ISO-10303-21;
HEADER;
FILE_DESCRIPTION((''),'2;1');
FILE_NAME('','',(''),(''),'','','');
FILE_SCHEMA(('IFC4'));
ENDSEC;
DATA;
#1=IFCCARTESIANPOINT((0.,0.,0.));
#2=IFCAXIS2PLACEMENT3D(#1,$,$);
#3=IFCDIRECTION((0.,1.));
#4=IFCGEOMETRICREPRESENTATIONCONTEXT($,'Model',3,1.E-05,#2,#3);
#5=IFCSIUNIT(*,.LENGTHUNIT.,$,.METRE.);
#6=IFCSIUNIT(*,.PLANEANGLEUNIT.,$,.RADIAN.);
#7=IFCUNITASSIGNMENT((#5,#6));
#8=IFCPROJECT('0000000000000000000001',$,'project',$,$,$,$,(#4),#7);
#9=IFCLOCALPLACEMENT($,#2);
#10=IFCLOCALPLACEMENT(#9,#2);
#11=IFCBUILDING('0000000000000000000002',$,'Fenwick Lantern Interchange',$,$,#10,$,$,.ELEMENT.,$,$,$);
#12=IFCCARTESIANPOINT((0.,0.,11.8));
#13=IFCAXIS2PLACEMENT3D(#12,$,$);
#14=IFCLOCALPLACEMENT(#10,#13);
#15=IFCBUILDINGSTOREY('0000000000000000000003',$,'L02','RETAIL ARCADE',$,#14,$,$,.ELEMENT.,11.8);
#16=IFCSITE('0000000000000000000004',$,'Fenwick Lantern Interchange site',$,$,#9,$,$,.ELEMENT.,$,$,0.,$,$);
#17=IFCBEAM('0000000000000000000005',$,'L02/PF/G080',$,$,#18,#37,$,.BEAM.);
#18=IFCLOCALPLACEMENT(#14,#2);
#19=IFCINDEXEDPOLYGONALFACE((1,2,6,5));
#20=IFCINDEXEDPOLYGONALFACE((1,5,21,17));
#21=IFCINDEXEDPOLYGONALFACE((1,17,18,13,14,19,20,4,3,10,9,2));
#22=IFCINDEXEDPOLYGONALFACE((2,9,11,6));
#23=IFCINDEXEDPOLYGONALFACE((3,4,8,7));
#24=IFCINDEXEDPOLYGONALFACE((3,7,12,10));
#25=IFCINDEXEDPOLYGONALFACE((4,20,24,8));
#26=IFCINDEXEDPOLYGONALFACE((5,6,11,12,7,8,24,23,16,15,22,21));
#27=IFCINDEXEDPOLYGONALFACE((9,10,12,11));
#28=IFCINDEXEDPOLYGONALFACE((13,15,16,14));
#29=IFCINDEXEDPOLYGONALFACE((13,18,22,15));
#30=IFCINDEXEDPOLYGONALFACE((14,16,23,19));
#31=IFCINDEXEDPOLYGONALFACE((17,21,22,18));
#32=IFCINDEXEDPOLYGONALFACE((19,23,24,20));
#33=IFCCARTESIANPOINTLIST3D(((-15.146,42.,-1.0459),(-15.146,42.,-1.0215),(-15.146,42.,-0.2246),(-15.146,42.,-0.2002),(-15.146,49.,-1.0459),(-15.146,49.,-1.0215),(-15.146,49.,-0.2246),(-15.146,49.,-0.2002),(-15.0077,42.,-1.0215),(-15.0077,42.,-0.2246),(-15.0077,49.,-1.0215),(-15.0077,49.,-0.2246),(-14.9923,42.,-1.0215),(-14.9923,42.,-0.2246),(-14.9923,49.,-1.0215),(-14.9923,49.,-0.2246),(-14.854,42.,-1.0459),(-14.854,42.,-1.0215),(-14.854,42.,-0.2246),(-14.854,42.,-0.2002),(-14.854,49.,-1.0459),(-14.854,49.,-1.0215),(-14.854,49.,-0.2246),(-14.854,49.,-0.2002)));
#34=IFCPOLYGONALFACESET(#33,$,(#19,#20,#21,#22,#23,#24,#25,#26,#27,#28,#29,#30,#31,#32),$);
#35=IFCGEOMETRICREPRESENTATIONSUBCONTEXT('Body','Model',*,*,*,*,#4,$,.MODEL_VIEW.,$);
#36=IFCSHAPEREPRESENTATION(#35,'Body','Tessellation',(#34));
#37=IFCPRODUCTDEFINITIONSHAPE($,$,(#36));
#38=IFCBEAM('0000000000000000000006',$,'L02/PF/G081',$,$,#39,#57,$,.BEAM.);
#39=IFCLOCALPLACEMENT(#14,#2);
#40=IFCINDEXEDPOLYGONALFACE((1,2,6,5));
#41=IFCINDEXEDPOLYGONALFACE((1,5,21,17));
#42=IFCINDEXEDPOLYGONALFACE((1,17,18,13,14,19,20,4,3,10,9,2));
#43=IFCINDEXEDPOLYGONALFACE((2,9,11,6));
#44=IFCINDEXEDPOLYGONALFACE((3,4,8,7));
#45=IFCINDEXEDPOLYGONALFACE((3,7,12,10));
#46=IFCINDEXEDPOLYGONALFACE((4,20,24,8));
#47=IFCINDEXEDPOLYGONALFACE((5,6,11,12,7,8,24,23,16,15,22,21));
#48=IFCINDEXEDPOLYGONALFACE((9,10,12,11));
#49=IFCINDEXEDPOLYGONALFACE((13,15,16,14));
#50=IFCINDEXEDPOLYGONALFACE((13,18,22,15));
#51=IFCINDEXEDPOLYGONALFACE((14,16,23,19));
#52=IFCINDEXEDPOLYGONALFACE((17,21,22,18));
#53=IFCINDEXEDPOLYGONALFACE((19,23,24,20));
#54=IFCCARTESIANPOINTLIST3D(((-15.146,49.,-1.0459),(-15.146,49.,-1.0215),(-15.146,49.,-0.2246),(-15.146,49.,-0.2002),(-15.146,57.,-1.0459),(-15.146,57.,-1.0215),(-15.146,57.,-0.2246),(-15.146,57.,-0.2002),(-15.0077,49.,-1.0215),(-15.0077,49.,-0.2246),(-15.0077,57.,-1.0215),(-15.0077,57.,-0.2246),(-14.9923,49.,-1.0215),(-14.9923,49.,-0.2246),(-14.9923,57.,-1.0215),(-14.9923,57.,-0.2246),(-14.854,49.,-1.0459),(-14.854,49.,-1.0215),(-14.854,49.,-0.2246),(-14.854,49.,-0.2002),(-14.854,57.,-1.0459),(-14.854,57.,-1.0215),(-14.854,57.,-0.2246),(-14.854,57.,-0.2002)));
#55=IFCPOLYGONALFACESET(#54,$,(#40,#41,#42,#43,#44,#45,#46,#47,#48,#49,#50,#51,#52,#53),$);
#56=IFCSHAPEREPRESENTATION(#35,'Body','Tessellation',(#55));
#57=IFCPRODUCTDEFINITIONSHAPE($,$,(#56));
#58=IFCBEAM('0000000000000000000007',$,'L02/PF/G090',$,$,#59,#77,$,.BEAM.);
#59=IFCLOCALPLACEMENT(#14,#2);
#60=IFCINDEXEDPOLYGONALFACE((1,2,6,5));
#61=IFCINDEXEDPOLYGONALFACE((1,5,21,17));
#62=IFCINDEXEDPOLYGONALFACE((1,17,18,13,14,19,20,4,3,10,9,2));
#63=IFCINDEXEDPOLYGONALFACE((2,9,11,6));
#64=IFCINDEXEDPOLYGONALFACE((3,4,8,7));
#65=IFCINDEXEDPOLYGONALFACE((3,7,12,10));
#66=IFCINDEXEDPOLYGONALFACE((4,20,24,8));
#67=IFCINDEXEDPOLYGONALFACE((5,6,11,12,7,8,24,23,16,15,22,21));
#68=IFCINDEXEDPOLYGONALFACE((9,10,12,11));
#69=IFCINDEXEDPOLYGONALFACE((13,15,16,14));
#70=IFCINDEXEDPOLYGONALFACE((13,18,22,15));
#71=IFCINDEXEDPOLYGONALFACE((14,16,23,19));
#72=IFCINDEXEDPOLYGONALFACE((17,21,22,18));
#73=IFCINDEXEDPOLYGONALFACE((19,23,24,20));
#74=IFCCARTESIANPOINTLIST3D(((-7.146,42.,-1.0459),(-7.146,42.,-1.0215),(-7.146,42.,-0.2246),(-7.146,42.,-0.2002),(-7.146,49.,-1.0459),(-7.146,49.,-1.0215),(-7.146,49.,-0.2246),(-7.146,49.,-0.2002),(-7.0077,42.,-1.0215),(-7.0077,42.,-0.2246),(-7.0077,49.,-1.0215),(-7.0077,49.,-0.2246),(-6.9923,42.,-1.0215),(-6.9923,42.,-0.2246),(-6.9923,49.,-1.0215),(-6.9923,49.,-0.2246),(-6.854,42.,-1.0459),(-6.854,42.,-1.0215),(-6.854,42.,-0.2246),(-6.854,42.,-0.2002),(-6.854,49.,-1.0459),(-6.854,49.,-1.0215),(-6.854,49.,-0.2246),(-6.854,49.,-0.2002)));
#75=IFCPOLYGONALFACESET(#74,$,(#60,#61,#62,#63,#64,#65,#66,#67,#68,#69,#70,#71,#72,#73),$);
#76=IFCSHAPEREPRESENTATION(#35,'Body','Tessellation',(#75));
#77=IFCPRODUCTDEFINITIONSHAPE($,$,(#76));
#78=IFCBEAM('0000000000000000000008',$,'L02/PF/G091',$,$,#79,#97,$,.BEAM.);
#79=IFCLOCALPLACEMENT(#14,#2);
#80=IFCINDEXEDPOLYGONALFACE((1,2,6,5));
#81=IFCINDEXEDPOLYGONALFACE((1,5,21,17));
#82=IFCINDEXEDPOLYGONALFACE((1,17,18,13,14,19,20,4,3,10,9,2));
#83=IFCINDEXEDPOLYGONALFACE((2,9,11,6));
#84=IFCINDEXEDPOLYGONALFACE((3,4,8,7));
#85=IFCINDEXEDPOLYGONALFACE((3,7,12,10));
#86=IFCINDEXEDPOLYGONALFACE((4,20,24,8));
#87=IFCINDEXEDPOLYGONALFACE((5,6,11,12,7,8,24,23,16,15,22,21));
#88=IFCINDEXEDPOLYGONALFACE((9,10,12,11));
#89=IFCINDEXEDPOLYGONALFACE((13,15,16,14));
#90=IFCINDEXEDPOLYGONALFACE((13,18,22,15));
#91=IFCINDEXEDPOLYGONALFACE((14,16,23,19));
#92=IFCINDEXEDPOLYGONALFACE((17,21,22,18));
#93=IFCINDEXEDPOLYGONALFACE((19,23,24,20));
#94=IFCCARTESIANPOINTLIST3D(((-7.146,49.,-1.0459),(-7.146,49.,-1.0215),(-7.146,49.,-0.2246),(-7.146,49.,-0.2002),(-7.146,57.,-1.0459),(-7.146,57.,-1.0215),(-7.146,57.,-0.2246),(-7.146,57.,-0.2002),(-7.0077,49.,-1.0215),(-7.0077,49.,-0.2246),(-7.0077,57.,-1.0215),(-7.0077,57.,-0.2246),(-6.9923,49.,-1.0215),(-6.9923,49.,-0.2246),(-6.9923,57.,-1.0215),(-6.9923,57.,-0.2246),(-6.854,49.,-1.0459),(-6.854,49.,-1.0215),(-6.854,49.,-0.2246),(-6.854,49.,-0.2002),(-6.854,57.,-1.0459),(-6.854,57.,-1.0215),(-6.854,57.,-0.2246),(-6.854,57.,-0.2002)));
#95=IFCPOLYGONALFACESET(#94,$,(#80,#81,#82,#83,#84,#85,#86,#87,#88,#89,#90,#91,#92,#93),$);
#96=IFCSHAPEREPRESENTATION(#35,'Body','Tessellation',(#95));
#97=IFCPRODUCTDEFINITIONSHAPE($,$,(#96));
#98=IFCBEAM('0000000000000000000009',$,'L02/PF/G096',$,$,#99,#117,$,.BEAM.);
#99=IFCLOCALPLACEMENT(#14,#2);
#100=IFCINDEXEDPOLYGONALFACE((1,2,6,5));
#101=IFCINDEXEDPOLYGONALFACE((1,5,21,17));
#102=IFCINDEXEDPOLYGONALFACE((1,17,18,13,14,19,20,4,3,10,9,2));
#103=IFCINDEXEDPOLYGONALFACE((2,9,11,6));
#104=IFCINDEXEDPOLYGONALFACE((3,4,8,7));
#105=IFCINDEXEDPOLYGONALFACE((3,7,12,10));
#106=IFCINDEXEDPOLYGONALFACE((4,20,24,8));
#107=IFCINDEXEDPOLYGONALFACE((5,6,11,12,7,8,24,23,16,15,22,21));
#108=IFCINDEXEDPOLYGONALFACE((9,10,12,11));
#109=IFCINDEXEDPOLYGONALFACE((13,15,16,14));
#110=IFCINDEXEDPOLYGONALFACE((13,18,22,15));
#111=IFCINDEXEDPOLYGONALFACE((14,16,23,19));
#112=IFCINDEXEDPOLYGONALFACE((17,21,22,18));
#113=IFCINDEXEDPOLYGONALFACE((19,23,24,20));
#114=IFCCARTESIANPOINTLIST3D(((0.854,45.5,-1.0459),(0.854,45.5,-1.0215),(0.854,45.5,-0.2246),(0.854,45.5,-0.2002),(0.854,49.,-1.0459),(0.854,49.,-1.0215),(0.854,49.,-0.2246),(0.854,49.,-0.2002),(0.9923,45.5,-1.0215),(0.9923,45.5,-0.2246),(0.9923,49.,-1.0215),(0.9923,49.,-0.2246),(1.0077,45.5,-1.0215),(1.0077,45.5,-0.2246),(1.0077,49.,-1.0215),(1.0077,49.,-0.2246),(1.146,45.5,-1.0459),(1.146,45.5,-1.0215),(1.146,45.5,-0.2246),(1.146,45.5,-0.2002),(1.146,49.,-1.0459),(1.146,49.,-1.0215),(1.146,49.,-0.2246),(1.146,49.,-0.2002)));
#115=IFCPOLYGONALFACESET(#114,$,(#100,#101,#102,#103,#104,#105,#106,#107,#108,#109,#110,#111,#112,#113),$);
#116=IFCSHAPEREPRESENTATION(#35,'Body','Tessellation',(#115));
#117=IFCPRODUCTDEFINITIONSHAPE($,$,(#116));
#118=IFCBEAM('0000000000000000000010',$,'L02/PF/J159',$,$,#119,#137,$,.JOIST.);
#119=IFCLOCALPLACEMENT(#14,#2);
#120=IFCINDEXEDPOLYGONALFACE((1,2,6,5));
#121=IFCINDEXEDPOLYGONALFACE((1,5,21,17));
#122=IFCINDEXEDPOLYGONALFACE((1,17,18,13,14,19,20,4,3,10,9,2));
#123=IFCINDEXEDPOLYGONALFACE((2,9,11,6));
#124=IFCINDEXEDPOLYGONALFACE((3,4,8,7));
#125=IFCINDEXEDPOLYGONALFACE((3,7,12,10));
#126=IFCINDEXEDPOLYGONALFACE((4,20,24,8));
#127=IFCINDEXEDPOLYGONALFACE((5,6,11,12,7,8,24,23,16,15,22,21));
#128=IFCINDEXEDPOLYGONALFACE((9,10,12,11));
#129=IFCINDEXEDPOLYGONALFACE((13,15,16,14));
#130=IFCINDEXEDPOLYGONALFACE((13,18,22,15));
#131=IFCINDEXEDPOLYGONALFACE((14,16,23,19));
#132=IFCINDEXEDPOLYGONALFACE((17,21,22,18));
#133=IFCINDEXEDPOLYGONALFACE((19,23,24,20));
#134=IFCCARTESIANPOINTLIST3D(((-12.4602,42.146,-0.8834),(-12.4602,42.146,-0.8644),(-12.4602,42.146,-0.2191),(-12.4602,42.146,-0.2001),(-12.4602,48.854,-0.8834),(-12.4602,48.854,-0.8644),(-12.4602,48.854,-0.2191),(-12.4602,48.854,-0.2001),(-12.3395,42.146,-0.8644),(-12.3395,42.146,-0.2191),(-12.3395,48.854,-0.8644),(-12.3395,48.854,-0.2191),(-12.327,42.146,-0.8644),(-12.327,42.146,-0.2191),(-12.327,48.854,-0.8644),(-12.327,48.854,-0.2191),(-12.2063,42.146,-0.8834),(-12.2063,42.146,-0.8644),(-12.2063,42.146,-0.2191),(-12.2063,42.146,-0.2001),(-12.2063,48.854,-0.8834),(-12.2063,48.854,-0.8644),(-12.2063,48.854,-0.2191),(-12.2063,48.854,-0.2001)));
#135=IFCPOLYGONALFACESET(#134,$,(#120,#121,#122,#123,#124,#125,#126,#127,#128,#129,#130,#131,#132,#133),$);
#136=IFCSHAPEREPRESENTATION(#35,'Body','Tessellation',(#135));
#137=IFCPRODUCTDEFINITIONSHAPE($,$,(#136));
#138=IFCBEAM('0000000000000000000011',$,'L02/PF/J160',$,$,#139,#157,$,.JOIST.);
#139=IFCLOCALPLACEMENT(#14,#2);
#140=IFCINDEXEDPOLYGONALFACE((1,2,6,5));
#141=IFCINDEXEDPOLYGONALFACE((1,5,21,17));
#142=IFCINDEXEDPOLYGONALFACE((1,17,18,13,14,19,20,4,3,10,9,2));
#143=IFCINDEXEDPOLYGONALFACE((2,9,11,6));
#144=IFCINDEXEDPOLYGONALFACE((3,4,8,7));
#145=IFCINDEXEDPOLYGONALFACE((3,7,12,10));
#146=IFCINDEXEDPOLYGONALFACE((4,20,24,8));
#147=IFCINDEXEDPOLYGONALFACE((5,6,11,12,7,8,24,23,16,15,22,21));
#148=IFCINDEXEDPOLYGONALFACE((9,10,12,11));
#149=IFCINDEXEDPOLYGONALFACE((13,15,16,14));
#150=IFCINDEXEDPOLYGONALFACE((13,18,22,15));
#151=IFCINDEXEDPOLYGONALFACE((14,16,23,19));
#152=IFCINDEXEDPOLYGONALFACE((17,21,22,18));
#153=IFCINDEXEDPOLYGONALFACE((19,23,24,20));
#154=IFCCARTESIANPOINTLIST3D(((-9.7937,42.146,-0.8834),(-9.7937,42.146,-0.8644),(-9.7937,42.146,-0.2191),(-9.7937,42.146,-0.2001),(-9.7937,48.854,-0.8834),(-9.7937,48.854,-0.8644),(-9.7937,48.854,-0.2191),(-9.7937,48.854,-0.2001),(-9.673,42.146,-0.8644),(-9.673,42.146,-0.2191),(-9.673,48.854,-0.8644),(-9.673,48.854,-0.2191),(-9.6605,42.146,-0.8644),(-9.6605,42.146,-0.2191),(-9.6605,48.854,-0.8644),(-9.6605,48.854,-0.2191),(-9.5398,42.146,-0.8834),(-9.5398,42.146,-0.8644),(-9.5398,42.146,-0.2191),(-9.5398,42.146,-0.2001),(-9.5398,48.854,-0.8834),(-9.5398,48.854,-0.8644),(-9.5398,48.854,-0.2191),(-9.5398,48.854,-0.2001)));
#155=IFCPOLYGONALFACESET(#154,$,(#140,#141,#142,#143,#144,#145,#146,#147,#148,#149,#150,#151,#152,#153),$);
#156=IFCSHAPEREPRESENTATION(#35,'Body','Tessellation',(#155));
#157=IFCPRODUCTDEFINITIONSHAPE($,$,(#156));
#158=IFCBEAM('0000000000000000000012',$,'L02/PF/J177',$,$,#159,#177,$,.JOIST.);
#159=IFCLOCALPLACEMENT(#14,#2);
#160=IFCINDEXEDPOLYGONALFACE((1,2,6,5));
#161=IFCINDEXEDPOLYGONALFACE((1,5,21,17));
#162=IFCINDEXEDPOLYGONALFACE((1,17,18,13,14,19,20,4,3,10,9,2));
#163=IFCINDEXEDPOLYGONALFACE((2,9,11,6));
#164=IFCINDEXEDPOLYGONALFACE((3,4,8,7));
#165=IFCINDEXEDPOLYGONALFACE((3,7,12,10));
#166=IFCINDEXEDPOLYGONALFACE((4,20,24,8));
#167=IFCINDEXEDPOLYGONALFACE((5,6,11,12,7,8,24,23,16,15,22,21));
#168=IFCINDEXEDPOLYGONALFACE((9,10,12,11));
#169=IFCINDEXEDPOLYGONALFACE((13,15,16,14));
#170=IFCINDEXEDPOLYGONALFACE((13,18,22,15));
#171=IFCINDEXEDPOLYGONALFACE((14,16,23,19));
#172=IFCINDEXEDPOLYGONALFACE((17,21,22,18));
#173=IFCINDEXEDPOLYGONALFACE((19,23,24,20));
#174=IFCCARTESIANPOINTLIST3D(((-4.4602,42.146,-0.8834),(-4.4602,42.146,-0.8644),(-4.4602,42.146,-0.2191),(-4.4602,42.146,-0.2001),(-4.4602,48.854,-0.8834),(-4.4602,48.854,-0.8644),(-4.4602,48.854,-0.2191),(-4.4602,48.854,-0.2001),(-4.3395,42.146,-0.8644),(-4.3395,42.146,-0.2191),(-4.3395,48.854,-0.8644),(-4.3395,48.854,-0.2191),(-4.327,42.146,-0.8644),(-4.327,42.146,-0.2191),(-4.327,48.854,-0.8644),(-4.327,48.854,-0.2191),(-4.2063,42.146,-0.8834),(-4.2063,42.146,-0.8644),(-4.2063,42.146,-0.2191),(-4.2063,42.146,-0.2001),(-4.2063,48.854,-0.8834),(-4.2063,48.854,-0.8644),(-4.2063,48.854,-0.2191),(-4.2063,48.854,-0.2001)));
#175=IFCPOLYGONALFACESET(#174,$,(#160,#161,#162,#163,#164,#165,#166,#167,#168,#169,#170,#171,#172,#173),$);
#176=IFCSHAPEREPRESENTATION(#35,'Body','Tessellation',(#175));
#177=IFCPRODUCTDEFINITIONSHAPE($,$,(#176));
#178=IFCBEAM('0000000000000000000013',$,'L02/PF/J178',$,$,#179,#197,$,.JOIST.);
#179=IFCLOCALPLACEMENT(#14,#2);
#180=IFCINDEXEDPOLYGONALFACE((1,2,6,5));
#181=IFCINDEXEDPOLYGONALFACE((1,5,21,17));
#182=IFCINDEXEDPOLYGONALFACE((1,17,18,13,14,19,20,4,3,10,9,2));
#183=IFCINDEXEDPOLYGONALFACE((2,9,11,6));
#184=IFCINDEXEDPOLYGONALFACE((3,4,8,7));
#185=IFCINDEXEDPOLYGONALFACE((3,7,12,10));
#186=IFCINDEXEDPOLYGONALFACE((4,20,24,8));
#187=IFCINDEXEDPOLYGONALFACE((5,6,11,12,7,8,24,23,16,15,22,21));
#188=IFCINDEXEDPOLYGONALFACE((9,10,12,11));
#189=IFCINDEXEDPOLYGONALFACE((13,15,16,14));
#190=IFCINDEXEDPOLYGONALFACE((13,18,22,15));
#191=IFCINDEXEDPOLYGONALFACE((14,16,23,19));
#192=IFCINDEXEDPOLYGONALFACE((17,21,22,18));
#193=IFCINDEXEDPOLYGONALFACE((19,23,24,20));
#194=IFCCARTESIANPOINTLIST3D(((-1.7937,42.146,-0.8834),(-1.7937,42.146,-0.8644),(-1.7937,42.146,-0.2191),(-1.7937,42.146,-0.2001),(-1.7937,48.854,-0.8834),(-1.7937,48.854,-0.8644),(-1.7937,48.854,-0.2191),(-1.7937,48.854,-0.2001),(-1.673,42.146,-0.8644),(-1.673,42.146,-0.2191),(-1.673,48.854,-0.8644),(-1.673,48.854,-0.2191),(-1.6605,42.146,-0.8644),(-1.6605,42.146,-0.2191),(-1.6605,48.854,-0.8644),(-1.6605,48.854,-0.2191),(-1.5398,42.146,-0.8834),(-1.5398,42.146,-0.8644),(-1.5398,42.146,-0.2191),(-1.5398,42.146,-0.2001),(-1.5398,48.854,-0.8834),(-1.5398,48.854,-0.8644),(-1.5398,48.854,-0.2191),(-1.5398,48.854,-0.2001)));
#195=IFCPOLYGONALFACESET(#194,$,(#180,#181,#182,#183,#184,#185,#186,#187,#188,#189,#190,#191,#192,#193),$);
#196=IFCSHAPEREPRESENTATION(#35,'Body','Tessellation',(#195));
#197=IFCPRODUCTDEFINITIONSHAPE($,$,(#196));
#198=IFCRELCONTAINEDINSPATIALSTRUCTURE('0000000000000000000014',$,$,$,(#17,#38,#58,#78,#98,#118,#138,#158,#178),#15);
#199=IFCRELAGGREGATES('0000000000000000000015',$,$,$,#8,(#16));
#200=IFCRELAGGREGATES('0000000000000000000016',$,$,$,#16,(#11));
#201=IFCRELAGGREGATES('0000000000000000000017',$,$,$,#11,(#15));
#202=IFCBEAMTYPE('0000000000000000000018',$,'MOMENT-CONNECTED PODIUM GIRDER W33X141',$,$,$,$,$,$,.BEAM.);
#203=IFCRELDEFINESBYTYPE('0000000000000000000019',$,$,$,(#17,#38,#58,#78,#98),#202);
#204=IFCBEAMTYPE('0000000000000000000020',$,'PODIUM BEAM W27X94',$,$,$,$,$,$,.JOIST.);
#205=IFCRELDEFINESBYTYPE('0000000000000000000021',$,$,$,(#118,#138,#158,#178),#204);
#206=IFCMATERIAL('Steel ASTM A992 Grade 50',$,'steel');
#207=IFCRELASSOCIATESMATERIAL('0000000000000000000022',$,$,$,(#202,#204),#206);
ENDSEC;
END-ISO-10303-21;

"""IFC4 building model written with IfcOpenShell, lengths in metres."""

from ifc_helpers import new_model, si_unit, direction, frame, origin, origin_2d, place, context, subcontext, project, spatial, i_section, extrude, material, material_profile, profile_set, type_object, element, save


model = new_model("IFC4")

# Units and contexts
model_context = context("Model", 3, precision=1e-05, world=origin(), true_north=direction((0.0, 1.0)))
body_context = subcontext(model_context, "Body", "Model", "MODEL_VIEW")
ifc_project = project(units=[si_unit("LENGTHUNIT", "METRE"), si_unit("PLANEANGLEUNIT", "RADIAN")], contexts=[model_context])

# Site, building, storey
site_placement = place(None, origin())
site = spatial("IfcSite", under=ifc_project, at=site_placement, Name="Fenwick Lantern Interchange site", CompositionType="ELEMENT", RefElevation=0.0)
building_placement = place(site_placement, origin())
building = spatial("IfcBuilding", under=site, at=building_placement, Name="Fenwick Lantern Interchange", CompositionType="ELEMENT")
storey_placement = place(building_placement, frame((0.0, 0.0, 11.8)))
storey = spatial("IfcBuildingStorey", under=building, at=storey_placement, Name="L02", Description="RETAIL ARCADE", CompositionType="ELEMENT", Elevation=11.8)

# Shared definitions
ifc_material_1 = material(Name="Steel ASTM A992 Grade 50", Category="steel")

# Beams
ifc_material_profile_1 = material_profile(ifc_material_1, i_section(OverallWidth=0.292, OverallDepth=0.8457, WebThickness=0.0154, FlangeThickness=0.0244, at=origin_2d()), Name="W33X141")
ifc_profile_set_1 = profile_set([ifc_material_profile_1], Name="Steel ASTM A992 Grade 50")
beam_type_1 = type_object("IfcBeamType", Name="MOMENT-CONNECTED PODIUM GIRDER W33X141", PredefinedType="BEAM", material=ifc_profile_set_1)
beam_1_placement = place(storey_placement, frame((-15.0, 42.0, -0.623), z_axis=(0.0, 1.0, 0.0), x_axis=(-1.0, 0.0, 0.0)))
element("IfcBeam", 1, at=beam_1_placement, inside=storey, type_object=beam_type_1, Name="L02/PF/G080", PredefinedType="BEAM", context=body_context, shape_type="SweptSolid", body=[
    extrude(i_section(OverallWidth=0.292, OverallDepth=0.8457, WebThickness=0.0154, FlangeThickness=0.0244, at=origin_2d()), origin(), (0.0, 0.0, 1.0), 7.0),
])
beam_2_placement = place(storey_placement, frame((-15.0, 49.0, -0.623), z_axis=(0.0, 1.0, 0.0), x_axis=(-1.0, 0.0, 0.0)))
element("IfcBeam", 2, at=beam_2_placement, inside=storey, type_object=beam_type_1, Name="L02/PF/G081", PredefinedType="BEAM", context=body_context, shape_type="SweptSolid", body=[
    extrude(i_section(OverallWidth=0.292, OverallDepth=0.8457, WebThickness=0.0154, FlangeThickness=0.0244, at=origin_2d()), origin(), (0.0, 0.0, 1.0), 8.0),
])
beam_3_placement = place(storey_placement, frame((-7.0, 42.0, -0.623), z_axis=(0.0, 1.0, 0.0), x_axis=(-1.0, 0.0, 0.0)))
element("IfcBeam", 3, at=beam_3_placement, inside=storey, type_object=beam_type_1, Name="L02/PF/G090", PredefinedType="BEAM", context=body_context, shape_type="SweptSolid", body=[
    extrude(i_section(OverallWidth=0.292, OverallDepth=0.8457, WebThickness=0.0154, FlangeThickness=0.0244, at=origin_2d()), origin(), (0.0, 0.0, 1.0), 7.0),
])
beam_4_placement = place(storey_placement, frame((-7.0, 49.0, -0.623), z_axis=(0.0, 1.0, 0.0), x_axis=(-1.0, 0.0, 0.0)))
element("IfcBeam", 4, at=beam_4_placement, inside=storey, type_object=beam_type_1, Name="L02/PF/G091", PredefinedType="BEAM", context=body_context, shape_type="SweptSolid", body=[
    extrude(i_section(OverallWidth=0.292, OverallDepth=0.8457, WebThickness=0.0154, FlangeThickness=0.0244, at=origin_2d()), origin(), (0.0, 0.0, 1.0), 8.0),
])
beam_5_placement = place(storey_placement, frame((1.0, 45.5, -0.623), z_axis=(0.0, 1.0, 0.0), x_axis=(-1.0, 0.0, 0.0)))
element("IfcBeam", 5, at=beam_5_placement, inside=storey, type_object=beam_type_1, Name="L02/PF/G096", PredefinedType="BEAM", context=body_context, shape_type="SweptSolid", body=[
    extrude(i_section(OverallWidth=0.292, OverallDepth=0.8457, WebThickness=0.0154, FlangeThickness=0.0244, at=origin_2d()), origin(), (0.0, 0.0, 1.0), 3.5),
])
ifc_material_profile_2 = material_profile(ifc_material_1, i_section(OverallWidth=0.2539, OverallDepth=0.6833, WebThickness=0.0125, FlangeThickness=0.019, at=origin_2d()), Name="W27X94")
ifc_profile_set_2 = profile_set([ifc_material_profile_2], Name="Steel ASTM A992 Grade 50")
beam_type_2 = type_object("IfcBeamType", Name="PODIUM BEAM W27X94", PredefinedType="JOIST", material=ifc_profile_set_2)
for number, where, z_axis, x_axis, name in (
    (6, (-12.3333, 42.146, -0.5417), (0.0, 1.0, 0.0), (-1.0, 0.0, 0.0), "L02/PF/J159"),
    (7, (-9.6667, 42.146, -0.5417), (0.0, 1.0, 0.0), (-1.0, 0.0, 0.0), "L02/PF/J160"),
    (8, (-4.3333, 42.146, -0.5417), (0.0, 1.0, 0.0), (-1.0, 0.0, 0.0), "L02/PF/J177"),
    (9, (-1.6667, 42.146, -0.5417), (0.0, 1.0, 0.0), (-1.0, 0.0, 0.0), "L02/PF/J178"),
):
    element("IfcBeam", number, at=place(storey_placement, frame(where, z_axis=z_axis, x_axis=x_axis)), inside=storey, type_object=beam_type_2, Name=name, PredefinedType="JOIST", context=body_context, shape_type="SweptSolid", body=[
        extrude(i_section(OverallWidth=0.2539, OverallDepth=0.6833, WebThickness=0.0125, FlangeThickness=0.019, at=origin_2d()), origin(), (0.0, 0.0, 1.0), 6.708),
    ])

save(model, "model.ifc")
